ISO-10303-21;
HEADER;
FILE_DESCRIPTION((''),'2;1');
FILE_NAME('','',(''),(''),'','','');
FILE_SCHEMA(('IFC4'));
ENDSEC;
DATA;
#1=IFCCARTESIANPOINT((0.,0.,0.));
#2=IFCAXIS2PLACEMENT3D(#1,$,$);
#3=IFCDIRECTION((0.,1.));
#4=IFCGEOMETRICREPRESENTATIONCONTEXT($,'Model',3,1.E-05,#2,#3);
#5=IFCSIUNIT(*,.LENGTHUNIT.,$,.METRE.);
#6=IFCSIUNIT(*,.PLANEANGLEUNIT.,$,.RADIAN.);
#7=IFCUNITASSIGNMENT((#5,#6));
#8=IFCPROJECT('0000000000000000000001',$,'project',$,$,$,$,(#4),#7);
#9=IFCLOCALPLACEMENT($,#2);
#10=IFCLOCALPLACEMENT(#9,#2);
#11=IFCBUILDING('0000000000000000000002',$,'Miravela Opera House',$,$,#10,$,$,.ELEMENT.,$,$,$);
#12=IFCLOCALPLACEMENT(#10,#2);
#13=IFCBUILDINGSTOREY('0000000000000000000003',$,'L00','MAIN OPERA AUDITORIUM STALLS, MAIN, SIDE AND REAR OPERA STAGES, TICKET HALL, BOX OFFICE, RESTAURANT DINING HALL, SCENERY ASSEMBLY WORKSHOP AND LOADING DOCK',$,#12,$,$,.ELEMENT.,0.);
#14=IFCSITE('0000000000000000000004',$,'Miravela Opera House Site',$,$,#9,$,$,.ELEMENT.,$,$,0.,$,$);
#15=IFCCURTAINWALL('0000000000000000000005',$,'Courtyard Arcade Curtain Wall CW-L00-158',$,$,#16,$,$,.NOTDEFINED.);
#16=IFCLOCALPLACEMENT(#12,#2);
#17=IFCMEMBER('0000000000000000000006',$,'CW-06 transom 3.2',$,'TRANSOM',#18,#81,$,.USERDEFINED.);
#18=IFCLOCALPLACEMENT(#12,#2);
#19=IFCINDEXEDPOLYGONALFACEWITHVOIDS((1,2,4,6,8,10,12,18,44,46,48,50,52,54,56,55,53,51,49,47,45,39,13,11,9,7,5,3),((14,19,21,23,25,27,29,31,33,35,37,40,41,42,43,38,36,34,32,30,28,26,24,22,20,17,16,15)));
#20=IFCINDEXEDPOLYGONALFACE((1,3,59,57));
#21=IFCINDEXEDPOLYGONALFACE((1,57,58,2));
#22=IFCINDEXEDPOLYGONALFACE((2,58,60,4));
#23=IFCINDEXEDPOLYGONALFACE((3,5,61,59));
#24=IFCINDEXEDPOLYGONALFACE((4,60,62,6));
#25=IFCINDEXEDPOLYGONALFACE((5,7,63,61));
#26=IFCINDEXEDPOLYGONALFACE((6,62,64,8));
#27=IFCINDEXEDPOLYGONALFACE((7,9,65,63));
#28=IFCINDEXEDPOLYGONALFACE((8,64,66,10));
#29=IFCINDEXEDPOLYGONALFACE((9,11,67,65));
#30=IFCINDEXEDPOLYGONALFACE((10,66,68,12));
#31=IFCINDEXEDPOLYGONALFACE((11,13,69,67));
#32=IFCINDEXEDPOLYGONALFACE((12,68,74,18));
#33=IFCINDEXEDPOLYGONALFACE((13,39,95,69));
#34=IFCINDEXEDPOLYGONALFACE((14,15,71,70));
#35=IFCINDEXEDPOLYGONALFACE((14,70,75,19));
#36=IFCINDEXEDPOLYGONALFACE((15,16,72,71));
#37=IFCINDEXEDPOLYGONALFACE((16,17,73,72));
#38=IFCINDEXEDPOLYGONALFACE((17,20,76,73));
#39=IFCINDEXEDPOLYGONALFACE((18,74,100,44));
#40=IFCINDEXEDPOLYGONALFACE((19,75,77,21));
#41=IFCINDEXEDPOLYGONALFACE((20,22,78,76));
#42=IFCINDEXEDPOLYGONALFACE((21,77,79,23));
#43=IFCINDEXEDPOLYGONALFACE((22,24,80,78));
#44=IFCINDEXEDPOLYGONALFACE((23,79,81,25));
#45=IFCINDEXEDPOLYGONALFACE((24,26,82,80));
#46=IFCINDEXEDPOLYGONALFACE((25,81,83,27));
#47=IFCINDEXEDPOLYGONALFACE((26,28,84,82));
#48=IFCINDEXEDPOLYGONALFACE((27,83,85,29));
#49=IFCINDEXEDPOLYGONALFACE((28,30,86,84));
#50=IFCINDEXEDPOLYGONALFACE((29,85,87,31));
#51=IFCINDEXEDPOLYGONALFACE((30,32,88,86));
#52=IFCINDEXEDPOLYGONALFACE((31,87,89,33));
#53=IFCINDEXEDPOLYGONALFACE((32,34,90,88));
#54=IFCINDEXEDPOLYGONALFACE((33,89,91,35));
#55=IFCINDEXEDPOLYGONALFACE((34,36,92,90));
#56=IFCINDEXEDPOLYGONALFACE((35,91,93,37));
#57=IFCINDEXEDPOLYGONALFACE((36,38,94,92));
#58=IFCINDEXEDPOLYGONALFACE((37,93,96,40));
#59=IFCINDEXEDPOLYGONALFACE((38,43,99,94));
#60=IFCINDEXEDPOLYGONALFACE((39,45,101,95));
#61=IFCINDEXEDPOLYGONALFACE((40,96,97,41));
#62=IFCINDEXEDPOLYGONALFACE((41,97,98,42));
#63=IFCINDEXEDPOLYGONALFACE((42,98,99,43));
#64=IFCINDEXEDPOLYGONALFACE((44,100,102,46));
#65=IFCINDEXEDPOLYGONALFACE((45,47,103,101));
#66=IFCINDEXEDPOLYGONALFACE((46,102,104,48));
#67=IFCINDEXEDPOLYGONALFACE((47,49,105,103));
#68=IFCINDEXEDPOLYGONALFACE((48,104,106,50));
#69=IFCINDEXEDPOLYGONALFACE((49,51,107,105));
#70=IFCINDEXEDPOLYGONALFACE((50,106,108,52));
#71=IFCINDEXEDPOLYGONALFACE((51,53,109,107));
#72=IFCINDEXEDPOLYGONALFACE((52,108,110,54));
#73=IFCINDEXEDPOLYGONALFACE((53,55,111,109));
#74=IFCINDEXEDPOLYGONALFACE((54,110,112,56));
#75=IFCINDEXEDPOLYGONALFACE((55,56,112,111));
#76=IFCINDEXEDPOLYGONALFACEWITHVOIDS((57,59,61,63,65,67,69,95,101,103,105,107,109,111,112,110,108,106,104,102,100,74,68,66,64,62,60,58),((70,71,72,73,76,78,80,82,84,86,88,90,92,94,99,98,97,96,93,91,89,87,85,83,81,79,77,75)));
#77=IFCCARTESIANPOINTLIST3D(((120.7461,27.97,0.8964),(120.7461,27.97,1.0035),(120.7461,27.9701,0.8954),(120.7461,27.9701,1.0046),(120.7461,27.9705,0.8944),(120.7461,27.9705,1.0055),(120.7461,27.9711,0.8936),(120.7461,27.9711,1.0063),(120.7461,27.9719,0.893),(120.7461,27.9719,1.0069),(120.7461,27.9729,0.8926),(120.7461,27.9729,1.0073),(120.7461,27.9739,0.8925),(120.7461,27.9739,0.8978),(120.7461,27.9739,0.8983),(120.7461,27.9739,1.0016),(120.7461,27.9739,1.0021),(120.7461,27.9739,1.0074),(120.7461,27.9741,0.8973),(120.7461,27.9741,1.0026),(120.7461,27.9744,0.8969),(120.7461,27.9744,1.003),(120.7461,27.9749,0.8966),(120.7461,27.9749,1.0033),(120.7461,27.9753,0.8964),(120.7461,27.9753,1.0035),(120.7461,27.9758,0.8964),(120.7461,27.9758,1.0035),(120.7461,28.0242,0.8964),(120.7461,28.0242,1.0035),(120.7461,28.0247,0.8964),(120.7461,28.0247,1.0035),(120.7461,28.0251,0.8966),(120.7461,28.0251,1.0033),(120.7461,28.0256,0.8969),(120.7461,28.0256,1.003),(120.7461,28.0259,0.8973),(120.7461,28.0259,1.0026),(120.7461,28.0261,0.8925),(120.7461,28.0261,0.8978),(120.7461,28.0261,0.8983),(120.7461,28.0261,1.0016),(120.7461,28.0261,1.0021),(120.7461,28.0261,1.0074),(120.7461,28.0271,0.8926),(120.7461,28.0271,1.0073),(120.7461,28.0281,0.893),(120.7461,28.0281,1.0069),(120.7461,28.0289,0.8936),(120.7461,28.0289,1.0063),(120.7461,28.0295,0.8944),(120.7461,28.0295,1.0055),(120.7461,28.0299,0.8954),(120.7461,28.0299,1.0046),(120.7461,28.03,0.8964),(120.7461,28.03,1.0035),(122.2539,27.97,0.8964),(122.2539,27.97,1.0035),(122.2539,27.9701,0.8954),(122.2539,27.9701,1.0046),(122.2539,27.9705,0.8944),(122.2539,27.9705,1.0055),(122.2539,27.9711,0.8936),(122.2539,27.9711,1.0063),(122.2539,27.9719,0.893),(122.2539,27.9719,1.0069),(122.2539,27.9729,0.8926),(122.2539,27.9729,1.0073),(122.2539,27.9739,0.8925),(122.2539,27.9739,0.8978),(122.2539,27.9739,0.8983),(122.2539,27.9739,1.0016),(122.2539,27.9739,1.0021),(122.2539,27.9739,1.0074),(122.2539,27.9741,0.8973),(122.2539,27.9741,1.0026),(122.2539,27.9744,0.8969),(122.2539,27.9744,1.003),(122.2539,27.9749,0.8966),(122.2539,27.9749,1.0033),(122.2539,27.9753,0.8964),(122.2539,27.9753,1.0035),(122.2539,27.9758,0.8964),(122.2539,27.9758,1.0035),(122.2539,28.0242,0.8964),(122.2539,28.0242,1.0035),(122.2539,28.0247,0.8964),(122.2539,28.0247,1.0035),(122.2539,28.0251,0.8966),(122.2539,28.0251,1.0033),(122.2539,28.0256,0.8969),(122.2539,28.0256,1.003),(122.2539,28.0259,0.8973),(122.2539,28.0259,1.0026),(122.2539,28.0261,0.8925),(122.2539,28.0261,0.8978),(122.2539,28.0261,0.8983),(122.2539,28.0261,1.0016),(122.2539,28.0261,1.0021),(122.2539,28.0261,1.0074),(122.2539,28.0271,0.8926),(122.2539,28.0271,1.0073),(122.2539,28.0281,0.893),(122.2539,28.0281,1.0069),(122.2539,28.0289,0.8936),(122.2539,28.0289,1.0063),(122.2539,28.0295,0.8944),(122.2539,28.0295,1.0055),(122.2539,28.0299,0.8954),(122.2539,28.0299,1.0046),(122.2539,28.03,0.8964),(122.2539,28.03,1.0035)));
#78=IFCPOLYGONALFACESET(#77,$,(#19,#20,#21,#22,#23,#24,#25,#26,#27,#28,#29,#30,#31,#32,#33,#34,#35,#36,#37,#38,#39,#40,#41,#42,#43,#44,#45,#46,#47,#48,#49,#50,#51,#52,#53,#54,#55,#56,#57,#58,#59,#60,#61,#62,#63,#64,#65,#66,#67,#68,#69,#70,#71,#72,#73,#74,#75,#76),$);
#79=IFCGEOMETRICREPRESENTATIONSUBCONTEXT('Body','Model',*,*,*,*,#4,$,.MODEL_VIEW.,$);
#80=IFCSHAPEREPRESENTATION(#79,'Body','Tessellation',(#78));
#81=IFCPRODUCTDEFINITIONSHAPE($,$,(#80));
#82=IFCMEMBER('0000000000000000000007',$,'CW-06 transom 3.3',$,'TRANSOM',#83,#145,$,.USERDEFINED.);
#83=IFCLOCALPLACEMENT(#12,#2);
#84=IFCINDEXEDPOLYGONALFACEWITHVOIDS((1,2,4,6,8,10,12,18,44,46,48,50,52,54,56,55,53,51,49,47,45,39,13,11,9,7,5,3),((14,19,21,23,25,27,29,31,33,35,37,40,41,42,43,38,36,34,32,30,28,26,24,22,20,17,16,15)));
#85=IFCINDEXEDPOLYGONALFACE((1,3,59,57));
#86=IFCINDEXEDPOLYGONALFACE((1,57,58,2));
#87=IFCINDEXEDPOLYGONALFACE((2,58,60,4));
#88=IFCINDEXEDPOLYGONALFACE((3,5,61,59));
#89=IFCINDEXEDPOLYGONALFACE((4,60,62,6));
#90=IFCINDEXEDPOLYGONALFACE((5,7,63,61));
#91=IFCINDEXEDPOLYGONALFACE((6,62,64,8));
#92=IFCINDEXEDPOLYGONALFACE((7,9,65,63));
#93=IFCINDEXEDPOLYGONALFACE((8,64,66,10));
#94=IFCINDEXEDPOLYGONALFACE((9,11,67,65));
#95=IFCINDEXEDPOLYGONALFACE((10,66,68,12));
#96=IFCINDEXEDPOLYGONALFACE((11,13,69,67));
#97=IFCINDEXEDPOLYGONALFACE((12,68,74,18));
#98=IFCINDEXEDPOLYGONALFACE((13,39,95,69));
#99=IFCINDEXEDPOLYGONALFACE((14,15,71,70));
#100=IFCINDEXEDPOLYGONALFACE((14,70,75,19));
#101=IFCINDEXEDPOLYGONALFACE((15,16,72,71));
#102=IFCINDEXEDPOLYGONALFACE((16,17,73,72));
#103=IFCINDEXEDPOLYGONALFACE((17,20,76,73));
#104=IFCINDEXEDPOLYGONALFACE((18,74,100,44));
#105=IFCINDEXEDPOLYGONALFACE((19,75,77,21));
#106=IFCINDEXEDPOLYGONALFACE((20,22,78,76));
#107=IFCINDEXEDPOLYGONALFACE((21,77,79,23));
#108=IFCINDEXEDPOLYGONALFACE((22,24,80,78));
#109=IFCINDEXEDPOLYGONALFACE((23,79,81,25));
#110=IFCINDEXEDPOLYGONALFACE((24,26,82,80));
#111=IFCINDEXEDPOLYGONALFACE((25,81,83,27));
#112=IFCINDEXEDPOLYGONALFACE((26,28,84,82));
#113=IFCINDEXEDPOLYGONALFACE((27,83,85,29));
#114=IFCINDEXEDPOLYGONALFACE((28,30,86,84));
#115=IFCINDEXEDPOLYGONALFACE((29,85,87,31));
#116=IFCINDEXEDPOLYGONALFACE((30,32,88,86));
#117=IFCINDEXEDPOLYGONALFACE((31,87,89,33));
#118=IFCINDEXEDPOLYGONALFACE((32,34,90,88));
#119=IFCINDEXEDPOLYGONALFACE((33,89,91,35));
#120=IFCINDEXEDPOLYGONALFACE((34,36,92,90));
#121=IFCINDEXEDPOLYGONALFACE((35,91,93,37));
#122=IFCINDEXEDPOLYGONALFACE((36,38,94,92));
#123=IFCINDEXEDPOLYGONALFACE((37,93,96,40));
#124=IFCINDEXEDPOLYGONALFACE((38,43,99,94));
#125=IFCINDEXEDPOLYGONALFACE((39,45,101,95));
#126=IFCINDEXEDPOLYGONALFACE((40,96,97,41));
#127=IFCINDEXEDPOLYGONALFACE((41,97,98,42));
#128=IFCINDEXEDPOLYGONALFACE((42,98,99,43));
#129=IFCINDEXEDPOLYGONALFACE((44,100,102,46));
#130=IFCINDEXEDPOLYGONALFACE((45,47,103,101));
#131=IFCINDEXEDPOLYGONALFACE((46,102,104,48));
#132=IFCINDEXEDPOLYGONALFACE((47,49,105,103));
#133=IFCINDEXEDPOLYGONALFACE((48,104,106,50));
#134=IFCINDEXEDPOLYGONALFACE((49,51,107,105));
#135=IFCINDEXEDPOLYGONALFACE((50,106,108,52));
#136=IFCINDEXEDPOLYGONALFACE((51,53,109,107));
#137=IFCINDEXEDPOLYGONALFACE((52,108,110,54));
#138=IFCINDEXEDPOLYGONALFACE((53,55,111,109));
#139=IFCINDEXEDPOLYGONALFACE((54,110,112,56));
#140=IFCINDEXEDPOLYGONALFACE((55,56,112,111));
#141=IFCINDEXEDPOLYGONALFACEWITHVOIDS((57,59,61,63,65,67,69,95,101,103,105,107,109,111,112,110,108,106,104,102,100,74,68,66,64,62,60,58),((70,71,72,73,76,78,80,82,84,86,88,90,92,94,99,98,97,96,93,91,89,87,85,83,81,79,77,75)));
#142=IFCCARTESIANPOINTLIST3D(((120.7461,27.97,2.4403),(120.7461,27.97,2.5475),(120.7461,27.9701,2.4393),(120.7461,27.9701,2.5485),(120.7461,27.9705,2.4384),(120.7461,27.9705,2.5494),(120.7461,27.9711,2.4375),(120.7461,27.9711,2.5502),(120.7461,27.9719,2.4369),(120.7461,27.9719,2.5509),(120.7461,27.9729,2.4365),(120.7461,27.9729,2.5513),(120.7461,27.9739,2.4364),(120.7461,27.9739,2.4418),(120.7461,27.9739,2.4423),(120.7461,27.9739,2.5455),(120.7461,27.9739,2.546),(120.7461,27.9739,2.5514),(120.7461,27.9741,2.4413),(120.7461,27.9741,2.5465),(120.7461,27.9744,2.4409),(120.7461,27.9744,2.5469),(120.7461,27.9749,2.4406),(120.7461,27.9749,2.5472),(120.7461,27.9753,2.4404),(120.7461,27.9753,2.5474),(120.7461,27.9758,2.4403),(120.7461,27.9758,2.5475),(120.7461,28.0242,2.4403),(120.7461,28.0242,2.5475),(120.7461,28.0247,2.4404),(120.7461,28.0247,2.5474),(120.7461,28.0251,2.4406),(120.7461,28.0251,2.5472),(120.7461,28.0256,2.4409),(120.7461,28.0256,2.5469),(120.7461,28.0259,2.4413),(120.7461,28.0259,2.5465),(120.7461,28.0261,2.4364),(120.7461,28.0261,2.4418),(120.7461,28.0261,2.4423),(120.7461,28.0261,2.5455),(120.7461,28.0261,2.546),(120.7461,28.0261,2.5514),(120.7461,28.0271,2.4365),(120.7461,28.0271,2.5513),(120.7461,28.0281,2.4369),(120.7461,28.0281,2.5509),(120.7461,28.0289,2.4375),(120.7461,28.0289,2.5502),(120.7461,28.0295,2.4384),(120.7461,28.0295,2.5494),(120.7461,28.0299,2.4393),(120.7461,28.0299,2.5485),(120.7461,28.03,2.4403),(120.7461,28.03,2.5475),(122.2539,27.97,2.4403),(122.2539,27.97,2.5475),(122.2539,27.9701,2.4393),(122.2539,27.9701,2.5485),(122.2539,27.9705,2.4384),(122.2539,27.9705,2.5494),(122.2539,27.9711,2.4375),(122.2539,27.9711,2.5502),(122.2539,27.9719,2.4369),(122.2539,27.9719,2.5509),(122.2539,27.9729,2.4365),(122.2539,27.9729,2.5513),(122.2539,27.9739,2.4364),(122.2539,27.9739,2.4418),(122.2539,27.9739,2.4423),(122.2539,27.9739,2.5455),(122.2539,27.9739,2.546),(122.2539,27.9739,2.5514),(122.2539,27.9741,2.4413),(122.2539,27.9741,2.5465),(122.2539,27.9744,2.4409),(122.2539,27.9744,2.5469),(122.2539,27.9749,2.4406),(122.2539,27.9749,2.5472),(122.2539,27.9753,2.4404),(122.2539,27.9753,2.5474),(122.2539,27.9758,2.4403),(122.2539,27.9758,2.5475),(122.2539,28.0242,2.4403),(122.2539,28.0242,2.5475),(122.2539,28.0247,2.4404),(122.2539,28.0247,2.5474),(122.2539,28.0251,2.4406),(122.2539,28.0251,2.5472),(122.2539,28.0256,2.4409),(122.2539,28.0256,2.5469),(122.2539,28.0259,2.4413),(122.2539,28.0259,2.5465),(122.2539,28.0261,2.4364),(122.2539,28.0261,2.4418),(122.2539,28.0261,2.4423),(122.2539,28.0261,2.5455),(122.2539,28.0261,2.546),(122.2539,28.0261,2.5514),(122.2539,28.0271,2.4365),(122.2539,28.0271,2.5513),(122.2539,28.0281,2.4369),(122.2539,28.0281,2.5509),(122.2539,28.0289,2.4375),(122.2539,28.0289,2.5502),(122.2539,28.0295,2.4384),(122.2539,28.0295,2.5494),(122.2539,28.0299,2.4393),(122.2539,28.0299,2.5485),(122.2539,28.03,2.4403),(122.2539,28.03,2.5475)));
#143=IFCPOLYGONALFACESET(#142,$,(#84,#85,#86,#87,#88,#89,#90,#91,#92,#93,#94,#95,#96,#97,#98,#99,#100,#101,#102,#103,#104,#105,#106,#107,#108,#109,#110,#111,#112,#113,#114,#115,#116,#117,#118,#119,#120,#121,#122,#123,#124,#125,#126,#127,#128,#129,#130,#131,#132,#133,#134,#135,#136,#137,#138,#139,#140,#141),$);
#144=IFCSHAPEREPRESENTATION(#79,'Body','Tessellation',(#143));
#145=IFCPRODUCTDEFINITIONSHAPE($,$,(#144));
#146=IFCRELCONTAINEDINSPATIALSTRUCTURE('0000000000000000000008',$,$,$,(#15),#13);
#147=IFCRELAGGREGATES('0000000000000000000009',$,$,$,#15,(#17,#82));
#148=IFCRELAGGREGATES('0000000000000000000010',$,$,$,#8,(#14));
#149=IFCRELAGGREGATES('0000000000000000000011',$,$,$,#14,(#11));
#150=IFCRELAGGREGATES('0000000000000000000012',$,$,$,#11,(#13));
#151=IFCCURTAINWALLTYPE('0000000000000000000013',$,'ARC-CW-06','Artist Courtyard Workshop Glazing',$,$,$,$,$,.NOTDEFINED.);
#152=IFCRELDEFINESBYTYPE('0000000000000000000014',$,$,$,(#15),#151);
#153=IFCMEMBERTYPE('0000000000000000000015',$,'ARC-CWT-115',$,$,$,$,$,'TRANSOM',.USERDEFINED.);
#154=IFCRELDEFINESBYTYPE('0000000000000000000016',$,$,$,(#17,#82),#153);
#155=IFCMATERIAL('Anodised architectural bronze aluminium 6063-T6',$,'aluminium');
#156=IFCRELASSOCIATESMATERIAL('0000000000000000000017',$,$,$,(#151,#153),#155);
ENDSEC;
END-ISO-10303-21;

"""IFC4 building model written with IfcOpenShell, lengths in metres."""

from ifc_helpers import new_model, si_unit, direction, frame, origin, origin_2d, place, context, subcontext, project, spatial, hollow_rectangle, extrude, material, material_profile, profile_set, type_object, element, aggregate, save


model = new_model("IFC4")

# Units and contexts
model_context = context("Model", 3, precision=1e-05, world=origin(), true_north=direction((0.0, 1.0)))
body_context = subcontext(model_context, "Body", "Model", "MODEL_VIEW")
ifc_project = project(units=[si_unit("LENGTHUNIT", "METRE"), si_unit("PLANEANGLEUNIT", "RADIAN")], contexts=[model_context])

# Site, building, storey
site_placement = place(None, origin())
site = spatial("IfcSite", under=ifc_project, at=site_placement, Name="Miravela Opera House Site", CompositionType="ELEMENT", RefElevation=0.0)
building_placement = place(site_placement, origin())
building = spatial("IfcBuilding", under=site, at=building_placement, Name="Miravela Opera House", CompositionType="ELEMENT")
storey_placement = place(building_placement, origin())
storey = spatial("IfcBuildingStorey", under=building, at=storey_placement, Name="L00", Description="MAIN OPERA AUDITORIUM STALLS, MAIN, SIDE AND REAR OPERA STAGES, TICKET HALL, BOX OFFICE, RESTAURANT DINING HALL, SCENERY ASSEMBLY WORKSHOP AND LOADING DOCK", CompositionType="ELEMENT", Elevation=0.0)

# Curtain wall, members
ifc_material_1 = material(Name="Anodised architectural bronze aluminium 6063-T6", Category="aluminium")
curtain_wall_type = type_object("IfcCurtainWallType", Name="ARC-CW-06", Description="Artist Courtyard Workshop Glazing", PredefinedType="NOTDEFINED", material=ifc_material_1)
curtain_wall_placement = place(storey_placement, origin())
curtain_wall = element("IfcCurtainWall", 1, at=curtain_wall_placement, inside=storey, type_object=curtain_wall_type, Name="Courtyard Arcade Curtain Wall CW-L00-158", PredefinedType="NOTDEFINED")
ifc_material_profile_1 = material_profile(ifc_material_1, hollow_rectangle(XDim=0.0601, YDim=0.115, WallThickness=0.0039, InnerFilletRadius=0.002, OuterFilletRadius=0.0039, at=origin_2d()), Name="CWT-60X115")
ifc_profile_set_1 = profile_set([ifc_material_profile_1])
member_type_1 = type_object("IfcMemberType", Name="ARC-CWT-115", ElementType="TRANSOM", PredefinedType="USERDEFINED", material=ifc_profile_set_1)
member_1_placement = place(storey_placement, frame((120.7461, 28.0, 0.95), z_axis=(1.0, 0.0, 0.0), x_axis=(0.0, 1.0, 0.0)))
member_1 = element("IfcMember", 2, at=member_1_placement, type_object=member_type_1, Name="CW-06 transom 3.2", ObjectType="TRANSOM", PredefinedType="USERDEFINED", context=body_context, shape_type="SweptSolid", body=[
    extrude(hollow_rectangle(XDim=0.0601, YDim=0.115, WallThickness=0.0039, InnerFilletRadius=0.002, OuterFilletRadius=0.0039, at=origin_2d()), origin(), (0.0, 0.0, 1.0), 1.5078),
])
member_2_placement = place(storey_placement, frame((120.7461, 28.0, 2.4939), z_axis=(1.0, 0.0, 0.0), x_axis=(0.0, 1.0, 0.0)))
member_2 = element("IfcMember", 3, at=member_2_placement, type_object=member_type_1, Name="CW-06 transom 3.3", ObjectType="TRANSOM", PredefinedType="USERDEFINED", context=body_context, shape_type="SweptSolid", body=[
    extrude(hollow_rectangle(XDim=0.0601, YDim=0.115, WallThickness=0.0039, InnerFilletRadius=0.002, OuterFilletRadius=0.0039, at=origin_2d()), origin(), (0.0, 0.0, 1.0), 1.5078),
])
aggregate(curtain_wall, [member_1, member_2])

save(model, "model.ifc")
